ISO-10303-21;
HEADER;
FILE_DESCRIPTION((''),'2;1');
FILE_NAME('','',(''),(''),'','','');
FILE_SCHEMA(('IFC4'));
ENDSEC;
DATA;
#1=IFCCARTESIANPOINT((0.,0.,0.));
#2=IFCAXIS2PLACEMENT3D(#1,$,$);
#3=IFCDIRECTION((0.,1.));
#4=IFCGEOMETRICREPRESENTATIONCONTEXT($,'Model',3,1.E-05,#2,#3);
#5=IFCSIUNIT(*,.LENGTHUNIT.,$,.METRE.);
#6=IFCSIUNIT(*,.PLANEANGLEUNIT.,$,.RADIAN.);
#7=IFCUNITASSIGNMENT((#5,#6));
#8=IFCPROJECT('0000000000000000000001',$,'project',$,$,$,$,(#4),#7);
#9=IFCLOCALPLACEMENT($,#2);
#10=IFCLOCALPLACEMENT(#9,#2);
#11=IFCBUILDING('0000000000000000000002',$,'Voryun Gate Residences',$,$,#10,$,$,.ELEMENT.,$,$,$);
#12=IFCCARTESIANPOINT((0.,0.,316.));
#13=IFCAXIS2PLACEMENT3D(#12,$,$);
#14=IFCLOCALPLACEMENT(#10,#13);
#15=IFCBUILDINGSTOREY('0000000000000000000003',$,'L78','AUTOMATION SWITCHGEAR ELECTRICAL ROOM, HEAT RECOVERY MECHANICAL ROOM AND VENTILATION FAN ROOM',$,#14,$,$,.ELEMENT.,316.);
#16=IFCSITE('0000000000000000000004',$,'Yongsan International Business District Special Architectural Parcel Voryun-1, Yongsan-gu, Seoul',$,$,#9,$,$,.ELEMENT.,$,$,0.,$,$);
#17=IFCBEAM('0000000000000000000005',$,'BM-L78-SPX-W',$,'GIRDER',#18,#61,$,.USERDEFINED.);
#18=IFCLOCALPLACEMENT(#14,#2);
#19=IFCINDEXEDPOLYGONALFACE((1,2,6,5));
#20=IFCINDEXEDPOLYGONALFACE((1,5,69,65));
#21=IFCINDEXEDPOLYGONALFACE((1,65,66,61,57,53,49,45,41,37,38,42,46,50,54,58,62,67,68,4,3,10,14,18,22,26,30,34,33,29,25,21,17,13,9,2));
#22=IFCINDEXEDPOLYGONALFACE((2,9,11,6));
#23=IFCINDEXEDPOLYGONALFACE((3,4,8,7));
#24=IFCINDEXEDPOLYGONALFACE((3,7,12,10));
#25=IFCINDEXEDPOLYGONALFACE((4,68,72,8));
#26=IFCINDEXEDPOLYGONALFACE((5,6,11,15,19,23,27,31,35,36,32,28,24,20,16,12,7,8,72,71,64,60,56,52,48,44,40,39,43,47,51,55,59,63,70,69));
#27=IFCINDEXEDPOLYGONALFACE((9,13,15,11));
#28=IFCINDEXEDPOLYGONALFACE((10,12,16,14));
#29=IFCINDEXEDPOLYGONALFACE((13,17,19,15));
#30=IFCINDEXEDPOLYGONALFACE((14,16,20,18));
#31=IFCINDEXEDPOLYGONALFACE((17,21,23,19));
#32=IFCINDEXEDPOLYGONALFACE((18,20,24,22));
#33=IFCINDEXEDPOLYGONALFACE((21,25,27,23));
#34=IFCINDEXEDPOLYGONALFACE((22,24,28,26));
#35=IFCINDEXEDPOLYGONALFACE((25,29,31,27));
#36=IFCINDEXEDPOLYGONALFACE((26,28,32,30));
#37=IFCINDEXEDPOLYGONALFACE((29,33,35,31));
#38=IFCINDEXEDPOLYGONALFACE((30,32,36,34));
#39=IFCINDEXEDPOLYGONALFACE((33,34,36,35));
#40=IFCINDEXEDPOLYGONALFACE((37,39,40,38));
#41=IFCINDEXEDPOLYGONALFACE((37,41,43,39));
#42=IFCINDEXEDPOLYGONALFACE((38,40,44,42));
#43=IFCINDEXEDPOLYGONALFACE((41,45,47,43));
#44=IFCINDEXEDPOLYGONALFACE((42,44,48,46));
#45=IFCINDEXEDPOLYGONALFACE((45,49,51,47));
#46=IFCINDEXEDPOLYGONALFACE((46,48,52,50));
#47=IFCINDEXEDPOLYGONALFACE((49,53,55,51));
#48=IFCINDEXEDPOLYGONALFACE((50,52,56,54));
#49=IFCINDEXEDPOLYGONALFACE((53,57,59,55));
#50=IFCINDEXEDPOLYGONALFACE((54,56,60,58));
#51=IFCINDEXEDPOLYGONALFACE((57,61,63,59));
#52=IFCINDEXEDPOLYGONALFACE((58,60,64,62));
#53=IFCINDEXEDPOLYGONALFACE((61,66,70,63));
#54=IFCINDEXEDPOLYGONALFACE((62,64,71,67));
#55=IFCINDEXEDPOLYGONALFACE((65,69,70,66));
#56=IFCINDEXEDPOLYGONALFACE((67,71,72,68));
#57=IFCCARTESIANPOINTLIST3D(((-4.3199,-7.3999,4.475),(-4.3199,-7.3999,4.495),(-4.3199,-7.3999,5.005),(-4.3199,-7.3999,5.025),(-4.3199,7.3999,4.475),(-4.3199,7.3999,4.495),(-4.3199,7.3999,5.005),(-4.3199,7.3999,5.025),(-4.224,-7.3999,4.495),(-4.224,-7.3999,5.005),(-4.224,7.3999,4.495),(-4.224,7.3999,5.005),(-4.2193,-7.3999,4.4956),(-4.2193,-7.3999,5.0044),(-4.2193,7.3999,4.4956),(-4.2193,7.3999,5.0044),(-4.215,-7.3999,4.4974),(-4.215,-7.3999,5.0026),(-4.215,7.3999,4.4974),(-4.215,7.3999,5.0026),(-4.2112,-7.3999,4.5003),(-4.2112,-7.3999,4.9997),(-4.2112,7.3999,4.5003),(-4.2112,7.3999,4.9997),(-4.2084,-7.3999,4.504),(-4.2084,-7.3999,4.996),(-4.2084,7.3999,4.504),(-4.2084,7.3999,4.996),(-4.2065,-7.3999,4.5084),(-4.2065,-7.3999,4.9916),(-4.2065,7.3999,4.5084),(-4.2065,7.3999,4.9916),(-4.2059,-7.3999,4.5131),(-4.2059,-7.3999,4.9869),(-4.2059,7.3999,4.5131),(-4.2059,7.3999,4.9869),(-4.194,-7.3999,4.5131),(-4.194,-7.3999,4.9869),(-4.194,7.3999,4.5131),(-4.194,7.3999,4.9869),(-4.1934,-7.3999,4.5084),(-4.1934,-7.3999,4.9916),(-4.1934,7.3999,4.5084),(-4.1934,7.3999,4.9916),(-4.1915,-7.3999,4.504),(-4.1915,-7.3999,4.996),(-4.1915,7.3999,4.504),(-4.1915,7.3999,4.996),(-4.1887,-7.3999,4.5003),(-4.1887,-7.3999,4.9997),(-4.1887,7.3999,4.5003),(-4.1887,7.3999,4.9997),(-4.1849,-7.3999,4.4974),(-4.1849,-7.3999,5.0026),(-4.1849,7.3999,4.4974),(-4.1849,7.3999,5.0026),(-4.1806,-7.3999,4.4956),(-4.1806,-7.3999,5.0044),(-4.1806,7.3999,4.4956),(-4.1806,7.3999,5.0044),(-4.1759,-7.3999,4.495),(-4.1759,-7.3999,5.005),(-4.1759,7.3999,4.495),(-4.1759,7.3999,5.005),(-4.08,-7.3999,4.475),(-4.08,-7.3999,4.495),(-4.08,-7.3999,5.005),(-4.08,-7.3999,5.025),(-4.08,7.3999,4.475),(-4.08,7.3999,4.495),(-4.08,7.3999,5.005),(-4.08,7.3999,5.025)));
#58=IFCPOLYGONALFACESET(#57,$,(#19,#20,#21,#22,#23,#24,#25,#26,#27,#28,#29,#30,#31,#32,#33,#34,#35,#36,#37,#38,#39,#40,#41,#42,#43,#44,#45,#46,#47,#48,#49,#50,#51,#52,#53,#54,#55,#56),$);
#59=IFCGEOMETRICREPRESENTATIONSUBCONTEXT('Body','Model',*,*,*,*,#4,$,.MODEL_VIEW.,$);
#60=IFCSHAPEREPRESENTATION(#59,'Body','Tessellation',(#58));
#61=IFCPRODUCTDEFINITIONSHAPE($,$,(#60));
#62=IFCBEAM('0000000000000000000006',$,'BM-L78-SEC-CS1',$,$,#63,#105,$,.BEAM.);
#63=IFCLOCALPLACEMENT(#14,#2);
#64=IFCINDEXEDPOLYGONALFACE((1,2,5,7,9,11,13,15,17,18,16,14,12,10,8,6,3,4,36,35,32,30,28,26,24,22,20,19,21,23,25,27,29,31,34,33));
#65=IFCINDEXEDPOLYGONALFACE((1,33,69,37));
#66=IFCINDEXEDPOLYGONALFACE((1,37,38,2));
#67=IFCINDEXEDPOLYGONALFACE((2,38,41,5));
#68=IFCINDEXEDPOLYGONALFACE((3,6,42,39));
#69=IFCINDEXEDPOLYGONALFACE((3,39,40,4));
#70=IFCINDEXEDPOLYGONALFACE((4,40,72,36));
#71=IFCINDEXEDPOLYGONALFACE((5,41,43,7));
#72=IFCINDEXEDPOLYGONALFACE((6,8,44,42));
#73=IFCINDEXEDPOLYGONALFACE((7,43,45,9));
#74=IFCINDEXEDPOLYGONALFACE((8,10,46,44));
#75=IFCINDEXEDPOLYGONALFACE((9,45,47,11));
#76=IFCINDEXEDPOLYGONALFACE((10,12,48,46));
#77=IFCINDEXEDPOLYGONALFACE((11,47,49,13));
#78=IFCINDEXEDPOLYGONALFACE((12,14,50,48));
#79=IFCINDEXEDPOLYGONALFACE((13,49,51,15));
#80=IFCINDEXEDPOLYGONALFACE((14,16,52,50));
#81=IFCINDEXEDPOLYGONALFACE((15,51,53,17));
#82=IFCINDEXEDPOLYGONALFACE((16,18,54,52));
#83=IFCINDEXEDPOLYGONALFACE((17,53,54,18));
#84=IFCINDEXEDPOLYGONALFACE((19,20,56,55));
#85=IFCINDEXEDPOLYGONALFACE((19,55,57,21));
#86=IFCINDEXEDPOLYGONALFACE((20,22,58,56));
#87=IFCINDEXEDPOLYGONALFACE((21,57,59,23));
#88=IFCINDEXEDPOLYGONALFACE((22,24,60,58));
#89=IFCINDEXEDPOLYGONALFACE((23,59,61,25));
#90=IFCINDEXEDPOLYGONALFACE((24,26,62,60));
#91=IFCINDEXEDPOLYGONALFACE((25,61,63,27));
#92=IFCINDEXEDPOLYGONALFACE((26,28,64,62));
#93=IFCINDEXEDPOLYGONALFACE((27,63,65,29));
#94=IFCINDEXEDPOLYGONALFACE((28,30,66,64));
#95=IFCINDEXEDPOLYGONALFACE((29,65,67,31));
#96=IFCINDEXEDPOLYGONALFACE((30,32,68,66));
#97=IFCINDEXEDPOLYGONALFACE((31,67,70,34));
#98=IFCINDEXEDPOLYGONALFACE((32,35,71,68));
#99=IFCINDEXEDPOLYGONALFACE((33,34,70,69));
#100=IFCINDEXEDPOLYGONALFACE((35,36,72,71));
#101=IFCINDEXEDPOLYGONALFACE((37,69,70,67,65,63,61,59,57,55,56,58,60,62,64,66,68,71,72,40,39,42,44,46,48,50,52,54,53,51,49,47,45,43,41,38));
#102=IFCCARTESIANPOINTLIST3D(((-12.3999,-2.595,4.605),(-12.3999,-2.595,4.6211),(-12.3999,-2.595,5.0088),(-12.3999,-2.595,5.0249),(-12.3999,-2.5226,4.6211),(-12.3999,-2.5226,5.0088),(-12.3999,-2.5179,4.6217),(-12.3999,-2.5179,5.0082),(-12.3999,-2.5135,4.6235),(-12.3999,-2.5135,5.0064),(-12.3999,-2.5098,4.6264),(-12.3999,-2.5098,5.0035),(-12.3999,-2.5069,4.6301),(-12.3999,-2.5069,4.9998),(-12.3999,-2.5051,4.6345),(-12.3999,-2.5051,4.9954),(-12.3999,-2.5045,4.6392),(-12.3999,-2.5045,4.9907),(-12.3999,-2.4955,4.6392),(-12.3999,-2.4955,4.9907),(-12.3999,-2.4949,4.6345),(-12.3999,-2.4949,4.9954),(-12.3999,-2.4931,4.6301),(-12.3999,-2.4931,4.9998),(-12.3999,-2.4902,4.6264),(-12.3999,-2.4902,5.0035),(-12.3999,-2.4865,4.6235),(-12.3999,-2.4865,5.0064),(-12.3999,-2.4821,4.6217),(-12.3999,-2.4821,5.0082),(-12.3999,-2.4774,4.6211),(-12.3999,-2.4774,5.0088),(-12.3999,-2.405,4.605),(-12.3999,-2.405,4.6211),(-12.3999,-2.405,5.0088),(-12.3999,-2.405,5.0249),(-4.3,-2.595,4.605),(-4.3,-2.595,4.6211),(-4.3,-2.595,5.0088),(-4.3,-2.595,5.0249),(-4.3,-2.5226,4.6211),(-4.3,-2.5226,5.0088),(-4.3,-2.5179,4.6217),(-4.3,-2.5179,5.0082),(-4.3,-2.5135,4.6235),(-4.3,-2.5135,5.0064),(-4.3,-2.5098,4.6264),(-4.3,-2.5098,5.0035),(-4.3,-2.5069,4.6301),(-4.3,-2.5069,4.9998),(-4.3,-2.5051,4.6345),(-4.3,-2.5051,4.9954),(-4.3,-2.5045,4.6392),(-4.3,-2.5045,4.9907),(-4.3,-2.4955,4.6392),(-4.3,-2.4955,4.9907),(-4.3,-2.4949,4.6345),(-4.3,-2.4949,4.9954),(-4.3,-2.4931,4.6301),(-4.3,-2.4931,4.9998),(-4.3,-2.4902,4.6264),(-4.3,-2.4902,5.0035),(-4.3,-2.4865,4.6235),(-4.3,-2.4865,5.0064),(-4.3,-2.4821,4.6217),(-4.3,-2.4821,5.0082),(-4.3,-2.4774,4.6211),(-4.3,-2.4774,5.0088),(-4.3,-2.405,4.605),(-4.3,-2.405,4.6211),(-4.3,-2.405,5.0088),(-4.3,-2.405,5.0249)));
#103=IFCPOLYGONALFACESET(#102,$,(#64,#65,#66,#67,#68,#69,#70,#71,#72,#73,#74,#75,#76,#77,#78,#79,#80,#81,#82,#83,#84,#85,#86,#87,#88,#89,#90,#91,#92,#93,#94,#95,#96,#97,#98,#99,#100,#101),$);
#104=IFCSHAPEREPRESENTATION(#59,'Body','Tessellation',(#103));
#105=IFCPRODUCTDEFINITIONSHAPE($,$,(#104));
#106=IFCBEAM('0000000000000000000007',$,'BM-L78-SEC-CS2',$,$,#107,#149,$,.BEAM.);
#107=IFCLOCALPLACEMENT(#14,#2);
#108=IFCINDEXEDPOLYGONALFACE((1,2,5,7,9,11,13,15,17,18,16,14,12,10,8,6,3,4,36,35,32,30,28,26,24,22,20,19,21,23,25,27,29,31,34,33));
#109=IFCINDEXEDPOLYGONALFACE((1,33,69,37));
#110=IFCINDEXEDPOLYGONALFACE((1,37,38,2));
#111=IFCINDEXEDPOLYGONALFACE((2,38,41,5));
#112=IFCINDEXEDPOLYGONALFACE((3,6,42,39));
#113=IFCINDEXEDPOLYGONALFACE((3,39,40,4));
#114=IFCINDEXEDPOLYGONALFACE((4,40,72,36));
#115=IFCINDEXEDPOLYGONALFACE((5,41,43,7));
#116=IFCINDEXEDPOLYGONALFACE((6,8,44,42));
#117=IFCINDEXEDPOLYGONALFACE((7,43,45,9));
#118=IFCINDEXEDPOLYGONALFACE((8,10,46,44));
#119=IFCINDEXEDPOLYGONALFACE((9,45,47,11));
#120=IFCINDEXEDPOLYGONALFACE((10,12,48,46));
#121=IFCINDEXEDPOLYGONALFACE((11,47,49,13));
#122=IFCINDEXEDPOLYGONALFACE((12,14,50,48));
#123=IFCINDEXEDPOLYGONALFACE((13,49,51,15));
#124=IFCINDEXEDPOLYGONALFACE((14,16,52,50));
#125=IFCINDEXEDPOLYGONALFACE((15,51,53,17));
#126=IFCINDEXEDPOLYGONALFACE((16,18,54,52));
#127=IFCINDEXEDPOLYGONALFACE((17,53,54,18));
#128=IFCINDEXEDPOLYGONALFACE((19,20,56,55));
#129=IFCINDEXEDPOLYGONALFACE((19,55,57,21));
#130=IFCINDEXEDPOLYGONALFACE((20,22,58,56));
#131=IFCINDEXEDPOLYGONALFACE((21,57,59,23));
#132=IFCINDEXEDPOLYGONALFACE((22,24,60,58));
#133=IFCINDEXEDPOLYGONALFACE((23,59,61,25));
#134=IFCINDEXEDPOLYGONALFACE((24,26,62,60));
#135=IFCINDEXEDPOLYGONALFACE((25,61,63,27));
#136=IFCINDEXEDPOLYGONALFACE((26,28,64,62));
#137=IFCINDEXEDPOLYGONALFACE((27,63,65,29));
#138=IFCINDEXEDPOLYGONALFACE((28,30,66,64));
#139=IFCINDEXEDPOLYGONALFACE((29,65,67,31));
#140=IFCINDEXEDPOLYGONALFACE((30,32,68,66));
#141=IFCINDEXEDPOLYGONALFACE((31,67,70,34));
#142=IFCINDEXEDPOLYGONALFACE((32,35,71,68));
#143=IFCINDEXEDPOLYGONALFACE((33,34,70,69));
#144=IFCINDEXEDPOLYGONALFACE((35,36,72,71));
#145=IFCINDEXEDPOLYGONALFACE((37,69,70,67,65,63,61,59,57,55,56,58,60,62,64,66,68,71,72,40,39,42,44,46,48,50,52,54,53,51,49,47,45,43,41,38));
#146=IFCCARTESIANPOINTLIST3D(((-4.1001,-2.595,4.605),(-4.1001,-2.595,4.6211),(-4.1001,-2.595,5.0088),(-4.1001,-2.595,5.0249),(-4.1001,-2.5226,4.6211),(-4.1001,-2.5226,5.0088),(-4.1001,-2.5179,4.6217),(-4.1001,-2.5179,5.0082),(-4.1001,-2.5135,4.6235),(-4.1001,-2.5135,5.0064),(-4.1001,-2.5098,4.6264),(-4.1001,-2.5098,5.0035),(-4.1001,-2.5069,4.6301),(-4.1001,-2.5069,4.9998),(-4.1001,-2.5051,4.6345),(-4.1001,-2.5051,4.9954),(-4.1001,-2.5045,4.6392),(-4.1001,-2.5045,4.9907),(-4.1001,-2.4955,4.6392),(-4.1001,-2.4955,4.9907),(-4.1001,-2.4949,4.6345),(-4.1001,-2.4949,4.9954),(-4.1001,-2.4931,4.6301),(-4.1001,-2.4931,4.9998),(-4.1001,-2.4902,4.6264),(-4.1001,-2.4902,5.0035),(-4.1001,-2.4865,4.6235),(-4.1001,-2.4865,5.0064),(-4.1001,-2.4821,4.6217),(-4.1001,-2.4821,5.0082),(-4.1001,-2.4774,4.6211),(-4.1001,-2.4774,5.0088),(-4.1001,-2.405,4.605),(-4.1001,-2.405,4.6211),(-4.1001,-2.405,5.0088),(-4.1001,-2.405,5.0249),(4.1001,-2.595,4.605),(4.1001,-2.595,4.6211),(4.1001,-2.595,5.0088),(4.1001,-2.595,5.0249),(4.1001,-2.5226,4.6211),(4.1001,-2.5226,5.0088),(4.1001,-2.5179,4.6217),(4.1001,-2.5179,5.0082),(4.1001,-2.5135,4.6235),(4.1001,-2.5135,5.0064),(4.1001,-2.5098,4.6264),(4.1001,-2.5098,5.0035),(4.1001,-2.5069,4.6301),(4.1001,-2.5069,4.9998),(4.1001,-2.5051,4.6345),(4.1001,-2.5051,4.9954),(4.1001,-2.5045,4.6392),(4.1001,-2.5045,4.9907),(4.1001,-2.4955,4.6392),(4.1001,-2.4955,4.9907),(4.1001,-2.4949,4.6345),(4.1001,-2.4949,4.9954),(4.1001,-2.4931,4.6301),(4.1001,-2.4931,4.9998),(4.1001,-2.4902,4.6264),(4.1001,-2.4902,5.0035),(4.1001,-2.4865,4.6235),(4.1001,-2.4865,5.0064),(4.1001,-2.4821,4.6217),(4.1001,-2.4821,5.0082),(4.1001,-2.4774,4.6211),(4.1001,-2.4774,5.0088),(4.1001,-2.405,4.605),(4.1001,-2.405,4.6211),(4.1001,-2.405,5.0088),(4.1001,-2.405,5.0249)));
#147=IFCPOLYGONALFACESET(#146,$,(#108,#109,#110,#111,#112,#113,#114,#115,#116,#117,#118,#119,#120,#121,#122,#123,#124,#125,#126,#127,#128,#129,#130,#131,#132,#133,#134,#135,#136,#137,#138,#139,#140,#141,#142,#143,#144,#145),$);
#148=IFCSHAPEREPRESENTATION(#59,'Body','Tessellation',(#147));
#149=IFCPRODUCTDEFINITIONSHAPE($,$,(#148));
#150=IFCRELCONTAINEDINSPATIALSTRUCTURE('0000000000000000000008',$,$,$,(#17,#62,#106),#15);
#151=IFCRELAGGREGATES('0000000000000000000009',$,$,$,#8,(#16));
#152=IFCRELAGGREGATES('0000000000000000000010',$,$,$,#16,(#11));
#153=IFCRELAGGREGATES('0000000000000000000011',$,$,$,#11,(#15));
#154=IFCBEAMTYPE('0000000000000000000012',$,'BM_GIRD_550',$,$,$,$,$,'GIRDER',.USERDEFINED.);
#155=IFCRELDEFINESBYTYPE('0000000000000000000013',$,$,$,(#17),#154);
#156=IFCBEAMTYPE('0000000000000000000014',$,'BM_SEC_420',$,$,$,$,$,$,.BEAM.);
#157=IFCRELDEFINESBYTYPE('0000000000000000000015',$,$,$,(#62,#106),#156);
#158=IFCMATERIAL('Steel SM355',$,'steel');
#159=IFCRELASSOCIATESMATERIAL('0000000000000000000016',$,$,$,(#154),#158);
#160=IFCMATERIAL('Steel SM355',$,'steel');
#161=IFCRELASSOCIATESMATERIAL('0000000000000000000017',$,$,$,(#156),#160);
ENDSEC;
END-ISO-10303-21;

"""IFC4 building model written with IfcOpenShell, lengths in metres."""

from ifc_helpers import new_model, si_unit, direction, frame, origin, origin_2d, place, context, subcontext, project, spatial, i_section, extrude, material, material_profile, profile_set, type_object, element, save


model = new_model("IFC4")

# Units and contexts
model_context = context("Model", 3, precision=1e-05, world=origin(), true_north=direction((0.0, 1.0)))
body_context = subcontext(model_context, "Body", "Model", "MODEL_VIEW")
ifc_project = project(units=[si_unit("LENGTHUNIT", "METRE"), si_unit("PLANEANGLEUNIT", "RADIAN")], contexts=[model_context])

# Site, building, storey
site_placement = place(None, origin())
site = spatial("IfcSite", under=ifc_project, at=site_placement, Name="Yongsan International Business District Special Architectural Parcel Voryun-1, Yongsan-gu, Seoul", CompositionType="ELEMENT", RefElevation=0.0)
building_placement = place(site_placement, origin())
building = spatial("IfcBuilding", under=site, at=building_placement, Name="Voryun Gate Residences", CompositionType="ELEMENT")
storey_placement = place(building_placement, frame((0.0, 0.0, 316.0)))
storey = spatial("IfcBuildingStorey", under=building, at=storey_placement, Name="L78", Description="AUTOMATION SWITCHGEAR ELECTRICAL ROOM, HEAT RECOVERY MECHANICAL ROOM AND VENTILATION FAN ROOM", CompositionType="ELEMENT", Elevation=316.0)

# Beams
ifc_material_1 = material(Name="Steel SM355", Category="steel")
ifc_material_profile_1 = material_profile(ifc_material_1, i_section(OverallWidth=0.24, OverallDepth=0.55, WebThickness=0.012, FlangeThickness=0.02, FilletRadius=0.0181, at=origin_2d()), Name="H-550x240x12x20")
ifc_profile_set_1 = profile_set([ifc_material_profile_1], Name="Steel SM355")
beam_type_1 = type_object("IfcBeamType", Name="BM_GIRD_550", ElementType="GIRDER", PredefinedType="USERDEFINED", material=ifc_profile_set_1)
beam_1_placement = place(storey_placement, frame((-4.2, -7.3999, 4.75), z_axis=(0.0, 1.0, 0.0), x_axis=(-1.0, 0.0, 0.0)))
element("IfcBeam", 1, at=beam_1_placement, inside=storey, type_object=beam_type_1, Name="BM-L78-SPX-W", ObjectType="GIRDER", PredefinedType="USERDEFINED", context=body_context, shape_type="SweptSolid", body=[
    extrude(i_section(OverallWidth=0.24, OverallDepth=0.55, WebThickness=0.012, FlangeThickness=0.02, FilletRadius=0.0181, at=origin_2d()), origin(), (0.0, 0.0, 1.0), 14.7998),
])
ifc_material_2 = material(Name="Steel SM355", Category="steel")
ifc_material_profile_2 = material_profile(ifc_material_2, i_section(OverallWidth=0.1899, OverallDepth=0.4199, WebThickness=0.009, FlangeThickness=0.0161, FilletRadius=0.0181, at=origin_2d()), Name="H-420x190x9x16")
ifc_profile_set_2 = profile_set([ifc_material_profile_2], Name="Steel SM355")
beam_type_2 = type_object("IfcBeamType", Name="BM_SEC_420", PredefinedType="BEAM", material=ifc_profile_set_2)
beam_2_placement = place(storey_placement, frame((-12.3999, -2.5, 4.8149), z_axis=(1.0, 0.0, 0.0), x_axis=(0.0, 1.0, 0.0)))
element("IfcBeam", 2, at=beam_2_placement, inside=storey, type_object=beam_type_2, Name="BM-L78-SEC-CS1", PredefinedType="BEAM", context=body_context, shape_type="SweptSolid", body=[
    extrude(i_section(OverallWidth=0.1899, OverallDepth=0.4199, WebThickness=0.009, FlangeThickness=0.0161, FilletRadius=0.0181, at=origin_2d()), origin(), (0.0, 0.0, 1.0), 8.0999),
])
beam_3_placement = place(storey_placement, frame((-4.1001, -2.5, 4.8149), z_axis=(1.0, 0.0, 0.0), x_axis=(0.0, 1.0, 0.0)))
element("IfcBeam", 3, at=beam_3_placement, inside=storey, type_object=beam_type_2, Name="BM-L78-SEC-CS2", PredefinedType="BEAM", context=body_context, shape_type="SweptSolid", body=[
    extrude(i_section(OverallWidth=0.1899, OverallDepth=0.4199, WebThickness=0.009, FlangeThickness=0.0161, FilletRadius=0.0181, at=origin_2d()), origin(), (0.0, 0.0, 1.0), 8.2002),
])

save(model, "model.ifc")
